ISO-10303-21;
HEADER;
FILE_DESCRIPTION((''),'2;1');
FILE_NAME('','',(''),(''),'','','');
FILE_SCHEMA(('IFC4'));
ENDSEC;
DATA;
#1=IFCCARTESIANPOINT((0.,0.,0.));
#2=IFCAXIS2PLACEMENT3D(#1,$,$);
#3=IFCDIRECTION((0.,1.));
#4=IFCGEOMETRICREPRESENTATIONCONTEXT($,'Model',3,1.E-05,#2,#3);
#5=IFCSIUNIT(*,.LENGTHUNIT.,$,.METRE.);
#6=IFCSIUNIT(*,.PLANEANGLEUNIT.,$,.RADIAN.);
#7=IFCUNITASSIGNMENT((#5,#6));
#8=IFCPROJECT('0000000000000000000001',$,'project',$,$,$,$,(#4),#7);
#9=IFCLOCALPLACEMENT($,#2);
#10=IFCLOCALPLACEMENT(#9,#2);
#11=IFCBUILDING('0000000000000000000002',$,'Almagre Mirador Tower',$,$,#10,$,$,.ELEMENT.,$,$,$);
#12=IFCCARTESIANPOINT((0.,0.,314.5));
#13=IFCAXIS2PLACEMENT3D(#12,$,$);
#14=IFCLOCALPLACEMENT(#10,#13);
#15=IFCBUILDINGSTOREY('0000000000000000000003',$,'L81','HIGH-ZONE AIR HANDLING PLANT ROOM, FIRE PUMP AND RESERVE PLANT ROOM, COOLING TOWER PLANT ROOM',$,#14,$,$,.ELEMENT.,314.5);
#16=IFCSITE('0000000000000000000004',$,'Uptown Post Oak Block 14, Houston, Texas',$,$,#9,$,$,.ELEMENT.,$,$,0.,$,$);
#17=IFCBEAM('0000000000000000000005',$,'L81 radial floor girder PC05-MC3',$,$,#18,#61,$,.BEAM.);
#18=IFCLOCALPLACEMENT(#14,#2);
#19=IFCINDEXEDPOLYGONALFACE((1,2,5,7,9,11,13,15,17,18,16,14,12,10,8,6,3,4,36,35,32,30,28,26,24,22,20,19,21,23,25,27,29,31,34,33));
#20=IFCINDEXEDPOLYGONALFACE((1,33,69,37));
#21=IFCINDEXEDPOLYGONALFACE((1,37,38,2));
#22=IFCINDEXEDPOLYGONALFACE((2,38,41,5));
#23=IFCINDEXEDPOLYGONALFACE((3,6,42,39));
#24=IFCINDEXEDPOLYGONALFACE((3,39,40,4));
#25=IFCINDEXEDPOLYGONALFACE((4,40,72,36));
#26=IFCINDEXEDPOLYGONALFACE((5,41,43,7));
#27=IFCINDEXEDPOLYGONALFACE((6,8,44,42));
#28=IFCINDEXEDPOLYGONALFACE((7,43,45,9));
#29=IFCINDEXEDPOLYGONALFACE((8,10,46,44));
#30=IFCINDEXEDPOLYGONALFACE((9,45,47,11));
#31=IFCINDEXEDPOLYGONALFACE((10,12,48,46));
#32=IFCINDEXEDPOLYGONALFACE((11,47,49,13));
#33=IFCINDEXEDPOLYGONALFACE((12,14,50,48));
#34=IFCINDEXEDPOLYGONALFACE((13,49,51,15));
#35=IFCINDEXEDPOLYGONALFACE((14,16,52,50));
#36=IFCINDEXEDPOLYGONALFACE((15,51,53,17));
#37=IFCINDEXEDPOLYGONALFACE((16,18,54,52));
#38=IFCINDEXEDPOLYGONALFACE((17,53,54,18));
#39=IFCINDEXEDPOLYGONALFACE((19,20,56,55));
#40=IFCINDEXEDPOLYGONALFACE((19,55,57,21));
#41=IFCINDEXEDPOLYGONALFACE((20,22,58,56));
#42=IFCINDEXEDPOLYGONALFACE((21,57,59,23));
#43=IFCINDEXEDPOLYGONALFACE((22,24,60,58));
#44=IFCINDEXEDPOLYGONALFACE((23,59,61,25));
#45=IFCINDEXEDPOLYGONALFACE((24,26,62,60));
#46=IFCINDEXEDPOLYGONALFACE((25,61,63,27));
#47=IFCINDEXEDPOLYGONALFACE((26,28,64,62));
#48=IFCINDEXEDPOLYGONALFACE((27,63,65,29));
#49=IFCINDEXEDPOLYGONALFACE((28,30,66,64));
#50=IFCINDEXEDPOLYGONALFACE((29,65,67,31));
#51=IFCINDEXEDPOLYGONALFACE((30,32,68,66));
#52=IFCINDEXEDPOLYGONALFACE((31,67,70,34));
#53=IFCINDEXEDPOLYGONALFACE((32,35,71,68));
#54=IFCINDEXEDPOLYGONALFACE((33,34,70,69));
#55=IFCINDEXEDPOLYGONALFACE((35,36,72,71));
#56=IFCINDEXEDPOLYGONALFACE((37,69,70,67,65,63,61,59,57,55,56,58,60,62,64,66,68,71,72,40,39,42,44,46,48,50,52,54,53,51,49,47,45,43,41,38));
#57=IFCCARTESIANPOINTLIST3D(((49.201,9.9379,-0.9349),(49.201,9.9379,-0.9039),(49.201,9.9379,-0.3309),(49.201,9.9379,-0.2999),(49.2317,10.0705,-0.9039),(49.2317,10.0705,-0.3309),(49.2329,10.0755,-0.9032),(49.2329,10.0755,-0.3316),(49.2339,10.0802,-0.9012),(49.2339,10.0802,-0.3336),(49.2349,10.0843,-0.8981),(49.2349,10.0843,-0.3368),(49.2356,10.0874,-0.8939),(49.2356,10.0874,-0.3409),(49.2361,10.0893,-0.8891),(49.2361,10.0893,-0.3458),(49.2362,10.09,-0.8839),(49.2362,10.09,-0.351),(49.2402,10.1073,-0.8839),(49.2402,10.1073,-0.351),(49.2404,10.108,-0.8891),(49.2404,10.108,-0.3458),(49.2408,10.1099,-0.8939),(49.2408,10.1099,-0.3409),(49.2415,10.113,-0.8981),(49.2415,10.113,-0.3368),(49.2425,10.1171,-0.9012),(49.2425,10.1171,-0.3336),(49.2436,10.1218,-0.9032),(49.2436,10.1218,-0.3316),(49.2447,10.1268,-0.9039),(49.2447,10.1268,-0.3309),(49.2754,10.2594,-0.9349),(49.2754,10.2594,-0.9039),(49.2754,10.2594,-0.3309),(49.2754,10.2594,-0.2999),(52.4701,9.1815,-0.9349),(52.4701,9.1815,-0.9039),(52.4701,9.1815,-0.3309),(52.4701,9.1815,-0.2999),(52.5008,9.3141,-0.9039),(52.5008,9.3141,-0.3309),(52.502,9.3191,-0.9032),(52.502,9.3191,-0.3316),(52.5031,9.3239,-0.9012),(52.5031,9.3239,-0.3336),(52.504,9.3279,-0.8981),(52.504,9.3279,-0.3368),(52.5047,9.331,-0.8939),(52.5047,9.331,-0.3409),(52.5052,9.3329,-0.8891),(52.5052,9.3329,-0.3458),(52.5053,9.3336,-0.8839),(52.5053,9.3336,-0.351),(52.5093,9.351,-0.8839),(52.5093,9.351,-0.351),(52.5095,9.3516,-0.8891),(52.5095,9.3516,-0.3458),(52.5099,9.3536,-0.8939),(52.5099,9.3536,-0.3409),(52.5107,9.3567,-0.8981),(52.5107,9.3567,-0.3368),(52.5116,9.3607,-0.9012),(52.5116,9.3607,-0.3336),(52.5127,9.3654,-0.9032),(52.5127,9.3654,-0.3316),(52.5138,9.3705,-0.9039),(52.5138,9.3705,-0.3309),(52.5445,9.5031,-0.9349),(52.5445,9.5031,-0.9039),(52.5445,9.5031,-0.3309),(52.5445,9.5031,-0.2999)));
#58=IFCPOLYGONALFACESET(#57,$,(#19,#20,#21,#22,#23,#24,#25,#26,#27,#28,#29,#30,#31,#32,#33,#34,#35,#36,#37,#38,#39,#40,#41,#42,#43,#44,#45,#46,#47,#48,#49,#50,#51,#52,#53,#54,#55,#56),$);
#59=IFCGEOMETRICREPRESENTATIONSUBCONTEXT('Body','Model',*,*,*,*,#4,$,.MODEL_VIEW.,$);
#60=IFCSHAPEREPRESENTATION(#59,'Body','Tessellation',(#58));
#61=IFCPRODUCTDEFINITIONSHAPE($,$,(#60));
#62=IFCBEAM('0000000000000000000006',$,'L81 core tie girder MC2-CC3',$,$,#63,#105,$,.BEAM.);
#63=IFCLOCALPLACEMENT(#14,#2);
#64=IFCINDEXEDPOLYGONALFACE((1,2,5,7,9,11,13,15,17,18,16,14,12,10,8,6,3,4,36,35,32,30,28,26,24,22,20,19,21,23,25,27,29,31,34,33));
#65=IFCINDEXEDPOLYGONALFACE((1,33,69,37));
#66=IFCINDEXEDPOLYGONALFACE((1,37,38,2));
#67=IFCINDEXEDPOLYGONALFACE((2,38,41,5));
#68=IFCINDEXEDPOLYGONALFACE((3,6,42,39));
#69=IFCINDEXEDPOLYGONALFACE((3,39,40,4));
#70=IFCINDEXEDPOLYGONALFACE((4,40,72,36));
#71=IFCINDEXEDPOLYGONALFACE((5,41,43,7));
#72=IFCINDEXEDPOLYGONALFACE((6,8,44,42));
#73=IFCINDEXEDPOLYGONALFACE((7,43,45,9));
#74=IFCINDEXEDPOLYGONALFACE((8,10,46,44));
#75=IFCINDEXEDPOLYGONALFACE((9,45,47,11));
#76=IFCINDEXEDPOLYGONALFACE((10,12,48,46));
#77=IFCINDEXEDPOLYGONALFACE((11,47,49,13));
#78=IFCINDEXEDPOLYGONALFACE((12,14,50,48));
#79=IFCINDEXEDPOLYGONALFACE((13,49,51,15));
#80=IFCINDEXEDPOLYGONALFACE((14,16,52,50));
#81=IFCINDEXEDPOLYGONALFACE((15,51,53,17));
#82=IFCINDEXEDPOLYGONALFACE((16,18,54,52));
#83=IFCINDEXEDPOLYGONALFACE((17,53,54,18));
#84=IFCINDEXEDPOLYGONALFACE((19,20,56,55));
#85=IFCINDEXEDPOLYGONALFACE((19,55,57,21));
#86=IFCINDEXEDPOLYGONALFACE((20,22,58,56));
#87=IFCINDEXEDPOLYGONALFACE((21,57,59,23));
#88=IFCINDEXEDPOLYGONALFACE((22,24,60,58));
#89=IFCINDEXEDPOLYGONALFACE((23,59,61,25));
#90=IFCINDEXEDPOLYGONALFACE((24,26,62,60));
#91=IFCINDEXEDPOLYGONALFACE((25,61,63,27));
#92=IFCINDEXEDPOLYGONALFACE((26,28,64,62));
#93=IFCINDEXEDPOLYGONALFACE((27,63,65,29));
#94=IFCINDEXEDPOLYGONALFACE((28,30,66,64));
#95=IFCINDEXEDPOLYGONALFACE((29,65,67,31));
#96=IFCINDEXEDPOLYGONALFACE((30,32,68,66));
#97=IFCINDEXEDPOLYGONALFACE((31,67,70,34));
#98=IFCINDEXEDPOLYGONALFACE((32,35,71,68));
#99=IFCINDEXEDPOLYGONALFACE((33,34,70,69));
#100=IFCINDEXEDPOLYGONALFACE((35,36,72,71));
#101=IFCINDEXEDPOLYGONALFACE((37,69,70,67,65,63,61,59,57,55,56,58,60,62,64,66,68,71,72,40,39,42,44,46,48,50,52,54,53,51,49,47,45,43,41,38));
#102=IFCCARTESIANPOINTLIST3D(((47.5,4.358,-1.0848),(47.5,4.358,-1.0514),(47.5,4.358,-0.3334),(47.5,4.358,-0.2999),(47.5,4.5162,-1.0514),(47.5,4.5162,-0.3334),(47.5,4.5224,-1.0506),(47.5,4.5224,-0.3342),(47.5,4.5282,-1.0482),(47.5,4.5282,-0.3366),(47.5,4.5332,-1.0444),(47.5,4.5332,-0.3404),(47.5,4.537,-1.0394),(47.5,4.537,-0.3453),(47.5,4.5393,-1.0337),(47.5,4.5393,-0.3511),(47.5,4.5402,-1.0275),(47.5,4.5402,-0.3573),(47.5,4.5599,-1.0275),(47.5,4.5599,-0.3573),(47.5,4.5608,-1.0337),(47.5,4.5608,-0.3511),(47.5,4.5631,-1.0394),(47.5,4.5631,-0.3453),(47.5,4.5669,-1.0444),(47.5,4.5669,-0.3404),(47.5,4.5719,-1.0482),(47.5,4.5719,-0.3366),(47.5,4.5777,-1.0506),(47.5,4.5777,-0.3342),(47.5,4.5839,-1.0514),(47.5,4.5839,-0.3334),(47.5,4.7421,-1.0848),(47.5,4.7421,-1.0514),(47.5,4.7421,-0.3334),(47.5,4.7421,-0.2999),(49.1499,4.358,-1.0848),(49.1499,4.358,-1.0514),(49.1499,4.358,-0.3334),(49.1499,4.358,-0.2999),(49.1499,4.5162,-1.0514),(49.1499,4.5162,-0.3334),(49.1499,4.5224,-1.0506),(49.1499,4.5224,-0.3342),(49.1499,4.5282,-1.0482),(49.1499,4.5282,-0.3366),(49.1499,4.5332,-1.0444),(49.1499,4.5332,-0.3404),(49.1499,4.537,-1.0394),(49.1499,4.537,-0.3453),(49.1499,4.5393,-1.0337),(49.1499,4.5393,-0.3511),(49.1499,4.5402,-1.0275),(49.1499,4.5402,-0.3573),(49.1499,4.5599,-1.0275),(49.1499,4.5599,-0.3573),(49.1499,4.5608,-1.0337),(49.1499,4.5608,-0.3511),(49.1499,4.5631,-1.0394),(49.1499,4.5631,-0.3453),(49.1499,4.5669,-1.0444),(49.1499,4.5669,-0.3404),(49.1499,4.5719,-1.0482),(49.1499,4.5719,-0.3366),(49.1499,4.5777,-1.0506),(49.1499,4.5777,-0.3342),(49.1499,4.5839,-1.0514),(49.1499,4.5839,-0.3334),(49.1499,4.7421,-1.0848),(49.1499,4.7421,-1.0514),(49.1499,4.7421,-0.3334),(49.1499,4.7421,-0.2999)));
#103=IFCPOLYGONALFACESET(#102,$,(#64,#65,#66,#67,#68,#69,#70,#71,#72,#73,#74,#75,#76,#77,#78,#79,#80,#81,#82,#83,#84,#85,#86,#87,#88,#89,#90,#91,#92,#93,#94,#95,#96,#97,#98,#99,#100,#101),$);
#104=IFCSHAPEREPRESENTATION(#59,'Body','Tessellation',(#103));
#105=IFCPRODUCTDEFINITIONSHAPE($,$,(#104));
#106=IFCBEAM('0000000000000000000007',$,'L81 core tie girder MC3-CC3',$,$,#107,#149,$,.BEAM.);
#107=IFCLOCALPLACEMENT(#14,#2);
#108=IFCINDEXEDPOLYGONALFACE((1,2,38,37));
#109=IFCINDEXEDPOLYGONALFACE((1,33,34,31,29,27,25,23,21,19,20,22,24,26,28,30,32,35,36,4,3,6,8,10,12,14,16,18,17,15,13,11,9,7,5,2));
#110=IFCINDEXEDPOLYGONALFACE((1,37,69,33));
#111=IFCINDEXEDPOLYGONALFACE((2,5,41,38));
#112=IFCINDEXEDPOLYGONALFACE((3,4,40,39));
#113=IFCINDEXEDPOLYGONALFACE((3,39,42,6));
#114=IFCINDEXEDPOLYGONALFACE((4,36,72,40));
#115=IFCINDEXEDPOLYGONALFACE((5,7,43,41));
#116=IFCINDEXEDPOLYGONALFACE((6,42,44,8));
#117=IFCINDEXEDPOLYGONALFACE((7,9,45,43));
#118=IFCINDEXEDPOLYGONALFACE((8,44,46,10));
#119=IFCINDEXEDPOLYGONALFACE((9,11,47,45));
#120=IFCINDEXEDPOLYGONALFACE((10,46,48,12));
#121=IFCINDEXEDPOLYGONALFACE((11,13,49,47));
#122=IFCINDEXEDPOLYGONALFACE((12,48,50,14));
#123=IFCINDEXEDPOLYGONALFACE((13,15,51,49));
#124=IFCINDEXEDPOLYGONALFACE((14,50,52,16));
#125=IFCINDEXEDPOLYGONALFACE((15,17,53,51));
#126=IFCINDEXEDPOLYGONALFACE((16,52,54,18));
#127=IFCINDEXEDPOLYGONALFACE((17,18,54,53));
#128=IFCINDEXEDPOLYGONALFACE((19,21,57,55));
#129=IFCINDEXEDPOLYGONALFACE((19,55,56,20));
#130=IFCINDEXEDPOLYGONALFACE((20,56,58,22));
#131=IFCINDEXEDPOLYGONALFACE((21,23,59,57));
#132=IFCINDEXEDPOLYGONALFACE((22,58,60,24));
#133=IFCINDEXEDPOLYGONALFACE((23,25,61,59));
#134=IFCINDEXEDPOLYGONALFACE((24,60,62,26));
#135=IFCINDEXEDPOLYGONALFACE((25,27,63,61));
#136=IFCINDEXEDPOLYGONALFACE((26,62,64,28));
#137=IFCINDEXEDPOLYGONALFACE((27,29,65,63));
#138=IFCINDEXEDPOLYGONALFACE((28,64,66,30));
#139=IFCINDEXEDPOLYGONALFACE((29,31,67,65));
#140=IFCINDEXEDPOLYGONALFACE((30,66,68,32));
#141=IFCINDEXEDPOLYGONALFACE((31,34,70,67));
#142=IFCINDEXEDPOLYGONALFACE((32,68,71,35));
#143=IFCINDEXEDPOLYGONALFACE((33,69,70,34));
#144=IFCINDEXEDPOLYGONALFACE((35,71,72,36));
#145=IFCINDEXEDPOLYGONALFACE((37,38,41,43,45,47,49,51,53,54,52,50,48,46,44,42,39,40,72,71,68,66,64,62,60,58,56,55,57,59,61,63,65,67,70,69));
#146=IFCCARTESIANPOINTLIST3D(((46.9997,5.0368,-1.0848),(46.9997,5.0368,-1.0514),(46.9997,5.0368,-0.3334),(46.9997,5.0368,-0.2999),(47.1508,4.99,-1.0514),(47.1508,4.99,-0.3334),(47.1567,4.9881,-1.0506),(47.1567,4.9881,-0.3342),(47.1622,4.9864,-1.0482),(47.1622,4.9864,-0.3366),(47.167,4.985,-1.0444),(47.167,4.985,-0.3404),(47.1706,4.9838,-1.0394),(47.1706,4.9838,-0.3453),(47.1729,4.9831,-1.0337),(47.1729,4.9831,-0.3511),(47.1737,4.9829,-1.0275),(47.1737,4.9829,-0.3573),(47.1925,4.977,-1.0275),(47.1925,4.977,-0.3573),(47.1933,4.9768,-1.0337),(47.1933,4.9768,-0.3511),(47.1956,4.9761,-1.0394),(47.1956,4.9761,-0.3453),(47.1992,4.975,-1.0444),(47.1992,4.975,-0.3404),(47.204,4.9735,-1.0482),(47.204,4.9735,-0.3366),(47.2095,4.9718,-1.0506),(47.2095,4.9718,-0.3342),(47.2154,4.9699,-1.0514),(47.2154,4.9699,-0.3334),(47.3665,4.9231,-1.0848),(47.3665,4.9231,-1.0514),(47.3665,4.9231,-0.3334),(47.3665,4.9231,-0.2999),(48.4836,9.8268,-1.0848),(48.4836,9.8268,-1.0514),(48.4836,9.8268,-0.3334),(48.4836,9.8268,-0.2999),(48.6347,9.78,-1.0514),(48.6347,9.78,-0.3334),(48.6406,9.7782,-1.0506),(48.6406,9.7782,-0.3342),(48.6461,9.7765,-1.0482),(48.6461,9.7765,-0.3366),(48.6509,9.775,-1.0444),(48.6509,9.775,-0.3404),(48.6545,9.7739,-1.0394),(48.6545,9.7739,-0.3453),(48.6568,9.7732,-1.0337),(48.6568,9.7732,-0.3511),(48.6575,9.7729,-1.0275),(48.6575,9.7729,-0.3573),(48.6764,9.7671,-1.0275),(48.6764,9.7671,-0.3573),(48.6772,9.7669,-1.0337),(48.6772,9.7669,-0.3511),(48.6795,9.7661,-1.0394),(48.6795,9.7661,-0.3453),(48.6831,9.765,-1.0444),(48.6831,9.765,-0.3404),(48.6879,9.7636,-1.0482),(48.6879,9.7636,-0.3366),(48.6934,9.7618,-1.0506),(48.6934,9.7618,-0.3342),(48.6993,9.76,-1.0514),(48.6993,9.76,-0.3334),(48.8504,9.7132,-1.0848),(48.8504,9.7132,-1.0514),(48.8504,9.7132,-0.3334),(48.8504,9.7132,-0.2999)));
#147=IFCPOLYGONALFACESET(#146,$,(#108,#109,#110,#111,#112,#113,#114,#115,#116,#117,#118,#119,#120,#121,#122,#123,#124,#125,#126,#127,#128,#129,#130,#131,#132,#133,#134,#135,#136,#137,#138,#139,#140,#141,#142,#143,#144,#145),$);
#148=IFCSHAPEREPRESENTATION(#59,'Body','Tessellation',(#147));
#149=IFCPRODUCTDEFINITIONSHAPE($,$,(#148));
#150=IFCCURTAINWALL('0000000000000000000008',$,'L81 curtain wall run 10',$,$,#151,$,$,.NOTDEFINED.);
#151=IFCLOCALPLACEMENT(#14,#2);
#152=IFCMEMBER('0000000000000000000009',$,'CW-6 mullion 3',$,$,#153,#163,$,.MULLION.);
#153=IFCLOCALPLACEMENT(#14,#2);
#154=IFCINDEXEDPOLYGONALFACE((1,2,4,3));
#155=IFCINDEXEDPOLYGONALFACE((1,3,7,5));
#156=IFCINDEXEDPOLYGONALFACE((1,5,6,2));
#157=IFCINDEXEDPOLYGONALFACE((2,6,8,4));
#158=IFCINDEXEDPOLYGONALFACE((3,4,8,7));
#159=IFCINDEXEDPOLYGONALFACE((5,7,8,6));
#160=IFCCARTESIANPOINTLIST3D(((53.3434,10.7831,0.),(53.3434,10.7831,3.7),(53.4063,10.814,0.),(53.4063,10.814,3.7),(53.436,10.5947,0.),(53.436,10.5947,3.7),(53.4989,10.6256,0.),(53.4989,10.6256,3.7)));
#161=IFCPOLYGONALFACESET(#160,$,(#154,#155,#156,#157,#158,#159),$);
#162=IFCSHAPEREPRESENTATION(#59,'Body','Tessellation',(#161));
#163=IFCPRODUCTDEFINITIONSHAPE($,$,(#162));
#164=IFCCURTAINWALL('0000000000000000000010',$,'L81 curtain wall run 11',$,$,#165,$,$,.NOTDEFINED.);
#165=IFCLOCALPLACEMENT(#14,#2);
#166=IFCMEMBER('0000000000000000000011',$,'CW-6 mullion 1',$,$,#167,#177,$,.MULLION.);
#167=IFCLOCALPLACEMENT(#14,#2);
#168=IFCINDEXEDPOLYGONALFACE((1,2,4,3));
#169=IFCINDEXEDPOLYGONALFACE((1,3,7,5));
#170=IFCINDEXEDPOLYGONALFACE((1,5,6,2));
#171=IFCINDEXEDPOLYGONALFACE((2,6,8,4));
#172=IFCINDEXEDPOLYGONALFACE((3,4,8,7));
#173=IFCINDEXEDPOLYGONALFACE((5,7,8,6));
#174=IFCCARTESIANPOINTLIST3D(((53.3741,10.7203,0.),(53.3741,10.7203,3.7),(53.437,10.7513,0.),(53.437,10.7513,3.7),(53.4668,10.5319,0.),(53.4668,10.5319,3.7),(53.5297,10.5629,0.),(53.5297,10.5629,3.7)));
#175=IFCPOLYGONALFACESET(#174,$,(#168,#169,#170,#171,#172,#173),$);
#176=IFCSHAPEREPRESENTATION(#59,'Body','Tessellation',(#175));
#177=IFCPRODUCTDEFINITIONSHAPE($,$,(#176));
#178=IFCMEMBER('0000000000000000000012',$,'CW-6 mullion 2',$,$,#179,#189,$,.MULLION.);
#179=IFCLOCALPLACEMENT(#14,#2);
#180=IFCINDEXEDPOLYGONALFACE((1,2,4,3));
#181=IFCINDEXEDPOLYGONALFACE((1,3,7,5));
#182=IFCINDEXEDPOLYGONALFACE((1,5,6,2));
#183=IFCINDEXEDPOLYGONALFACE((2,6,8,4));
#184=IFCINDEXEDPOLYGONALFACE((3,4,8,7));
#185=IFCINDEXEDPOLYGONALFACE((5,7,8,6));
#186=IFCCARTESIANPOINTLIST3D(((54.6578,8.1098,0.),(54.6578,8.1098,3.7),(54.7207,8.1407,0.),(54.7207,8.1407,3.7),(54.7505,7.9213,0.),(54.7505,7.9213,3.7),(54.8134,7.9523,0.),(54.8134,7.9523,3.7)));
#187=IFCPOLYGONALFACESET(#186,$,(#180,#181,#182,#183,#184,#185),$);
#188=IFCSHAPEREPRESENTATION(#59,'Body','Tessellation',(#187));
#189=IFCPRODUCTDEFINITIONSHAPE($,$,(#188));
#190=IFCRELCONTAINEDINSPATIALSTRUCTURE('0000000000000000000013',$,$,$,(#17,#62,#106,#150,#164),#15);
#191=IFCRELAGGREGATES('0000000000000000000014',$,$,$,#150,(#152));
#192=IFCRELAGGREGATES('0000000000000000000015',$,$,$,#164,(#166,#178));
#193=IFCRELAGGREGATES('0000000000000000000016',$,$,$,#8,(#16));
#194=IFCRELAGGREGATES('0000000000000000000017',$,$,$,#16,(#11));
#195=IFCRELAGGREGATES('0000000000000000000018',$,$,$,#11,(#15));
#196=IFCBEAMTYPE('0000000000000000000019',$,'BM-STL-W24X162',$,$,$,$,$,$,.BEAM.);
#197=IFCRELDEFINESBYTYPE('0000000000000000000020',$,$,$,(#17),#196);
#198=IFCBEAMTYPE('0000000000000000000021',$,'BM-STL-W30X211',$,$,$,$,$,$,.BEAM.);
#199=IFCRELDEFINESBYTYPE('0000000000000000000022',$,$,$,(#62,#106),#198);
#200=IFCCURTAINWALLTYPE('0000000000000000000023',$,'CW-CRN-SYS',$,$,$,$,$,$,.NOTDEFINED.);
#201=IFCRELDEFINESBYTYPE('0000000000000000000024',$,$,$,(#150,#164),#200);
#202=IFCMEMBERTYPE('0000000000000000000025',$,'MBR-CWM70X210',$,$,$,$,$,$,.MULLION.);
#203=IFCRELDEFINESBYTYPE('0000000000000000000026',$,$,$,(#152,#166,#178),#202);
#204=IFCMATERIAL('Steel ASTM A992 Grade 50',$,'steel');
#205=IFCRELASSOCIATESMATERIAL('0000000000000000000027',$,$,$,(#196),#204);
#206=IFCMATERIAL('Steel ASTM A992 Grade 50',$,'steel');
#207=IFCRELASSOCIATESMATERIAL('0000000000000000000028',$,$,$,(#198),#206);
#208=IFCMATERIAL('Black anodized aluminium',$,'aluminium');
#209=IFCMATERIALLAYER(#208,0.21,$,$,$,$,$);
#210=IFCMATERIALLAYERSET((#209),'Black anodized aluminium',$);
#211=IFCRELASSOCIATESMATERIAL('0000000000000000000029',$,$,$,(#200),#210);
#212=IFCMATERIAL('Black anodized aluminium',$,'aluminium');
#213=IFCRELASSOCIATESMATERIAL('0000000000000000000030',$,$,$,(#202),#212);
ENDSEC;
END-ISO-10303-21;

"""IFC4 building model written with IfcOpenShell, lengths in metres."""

from ifc_helpers import new_model, si_unit, direction, frame, origin, origin_2d, place, context, subcontext, project, spatial, rectangle, i_section, extrude, material, layer, layer_set, material_profile, profile_set, type_object, element, aggregate, save


model = new_model("IFC4")

# Units and contexts
model_context = context("Model", 3, precision=1e-05, world=origin(), true_north=direction((0.0, 1.0)))
body_context = subcontext(model_context, "Body", "Model", "MODEL_VIEW")
ifc_project = project(units=[si_unit("LENGTHUNIT", "METRE"), si_unit("PLANEANGLEUNIT", "RADIAN")], contexts=[model_context])

# Site, building, storey
site_placement = place(None, origin())
site = spatial("IfcSite", under=ifc_project, at=site_placement, Name="Uptown Post Oak Block 14, Houston, Texas", CompositionType="ELEMENT", RefElevation=0.0)
building_placement = place(site_placement, origin())
building = spatial("IfcBuilding", under=site, at=building_placement, Name="Almagre Mirador Tower", CompositionType="ELEMENT")
storey_placement = place(building_placement, frame((0.0, 0.0, 314.5)))
storey = spatial("IfcBuildingStorey", under=building, at=storey_placement, Name="L81", Description="HIGH-ZONE AIR HANDLING PLANT ROOM, FIRE PUMP AND RESERVE PLANT ROOM, COOLING TOWER PLANT ROOM", CompositionType="ELEMENT", Elevation=314.5)

# Beams
ifc_material_1 = material(Name="Steel ASTM A992 Grade 50", Category="steel")
ifc_material_profile_1 = material_profile(ifc_material_1, i_section(OverallWidth=0.3301, OverallDepth=0.635, WebThickness=0.0178, FlangeThickness=0.031, FilletRadius=0.02, at=origin_2d()), Name="W24X162")
ifc_profile_set_1 = profile_set([ifc_material_profile_1], Name="Steel ASTM A992 Grade 50")
beam_type_1 = type_object("IfcBeamType", Name="BM-STL-W24X162", PredefinedType="BEAM", material=ifc_profile_set_1)
beam_1_placement = place(storey_placement, frame((52.5073, 9.3423, -0.6174), z_axis=(-0.974264, 0.225412, 0.0), x_axis=(-0.225412, -0.974264, 0.0)))
element("IfcBeam", 1, at=beam_1_placement, inside=storey, type_object=beam_type_1, Name="L81 radial floor girder PC05-MC3", PredefinedType="BEAM", context=body_context, shape_type="SweptSolid", body=[
    extrude(i_section(OverallWidth=0.3301, OverallDepth=0.635, WebThickness=0.0178, FlangeThickness=0.031, FilletRadius=0.02, at=origin_2d()), origin(), (0.0, 0.0, 1.0), 3.3555),
])
ifc_material_2 = material(Name="Steel ASTM A992 Grade 50", Category="steel")
ifc_material_profile_2 = material_profile(ifc_material_2, i_section(OverallWidth=0.384, OverallDepth=0.7849, WebThickness=0.0198, FlangeThickness=0.0334, FilletRadius=0.0239, at=origin_2d()), Name="W30X211")
ifc_profile_set_2 = profile_set([ifc_material_profile_2], Name="Steel ASTM A992 Grade 50")
beam_type_2 = type_object("IfcBeamType", Name="BM-STL-W30X211", PredefinedType="BEAM", material=ifc_profile_set_2)
beam_2_placement = place(storey_placement, frame((49.1499, 4.55, -0.6924), z_axis=(-1.0, 0.0, 0.0), x_axis=(0.0, -1.0, 0.0)))
element("IfcBeam", 2, at=beam_2_placement, inside=storey, type_object=beam_type_2, Name="L81 core tie girder MC2-CC3", PredefinedType="BEAM", context=body_context, shape_type="SweptSolid", body=[
    extrude(i_section(OverallWidth=0.384, OverallDepth=0.7849, WebThickness=0.0198, FlangeThickness=0.0334, FilletRadius=0.0239, at=origin_2d()), origin(), (0.0, 0.0, 1.0), 1.6499),
])
beam_3_placement = place(storey_placement, frame((48.667, 9.77, -0.6924), z_axis=(-0.295912, -0.955215, 0.0), x_axis=(0.955215, -0.295912, 0.0)))
element("IfcBeam", 3, at=beam_3_placement, inside=storey, type_object=beam_type_2, Name="L81 core tie girder MC3-CC3", PredefinedType="BEAM", context=body_context, shape_type="SweptSolid", body=[
    extrude(i_section(OverallWidth=0.384, OverallDepth=0.7849, WebThickness=0.0198, FlangeThickness=0.0334, FilletRadius=0.0239, at=origin_2d()), origin(), (0.0, 0.0, 1.0), 5.0146),
])

# Curtain wall, member
ifc_material_3 = material(Name="Black anodized aluminium", Category="aluminium")
ifc_layer_1 = layer(ifc_material_3, 0.21)
ifc_layer_set_1 = layer_set([ifc_layer_1], Name="Black anodized aluminium")
curtain_wall_type = type_object("IfcCurtainWallType", Name="CW-CRN-SYS", PredefinedType="NOTDEFINED", material=ifc_layer_set_1)
curtain_wall_1_placement = place(storey_placement, origin())
curtain_wall_1 = element("IfcCurtainWall", 4, at=curtain_wall_1_placement, inside=storey, type_object=curtain_wall_type, Name="L81 curtain wall run 10", PredefinedType="NOTDEFINED")
ifc_material_4 = material(Name="Black anodized aluminium", Category="aluminium")
ifc_material_profile_3 = material_profile(ifc_material_4, rectangle(XDim=0.0701, YDim=0.21, at=origin_2d()), Name="CWM70X210")
ifc_profile_set_3 = profile_set([ifc_material_profile_3], Name="Black anodized aluminium")
member_type_1 = type_object("IfcMemberType", Name="MBR-CWM70X210", PredefinedType="MULLION", material=ifc_profile_set_3)
member_1_placement = place(storey_placement, frame((53.4211, 10.7043, 0.0), z_axis=(0.0, 0.0, 1.0), x_axis=(0.897363, 0.441294, 0.0)))
member_1 = element("IfcMember", 5, at=member_1_placement, type_object=member_type_1, Name="CW-6 mullion 3", PredefinedType="MULLION", context=body_context, shape_type="SweptSolid", body=[
    extrude(rectangle(XDim=0.0701, YDim=0.21, at=origin_2d()), origin(), (0.0, 0.0, 1.0), 3.7),
])
aggregate(curtain_wall_1, [member_1])

# Curtain wall, members
curtain_wall_2_placement = place(storey_placement, origin())
curtain_wall_2 = element("IfcCurtainWall", 6, at=curtain_wall_2_placement, inside=storey, type_object=curtain_wall_type, Name="L81 curtain wall run 11", PredefinedType="NOTDEFINED")
member_2_placement = place(storey_placement, frame((53.4519, 10.6416, 0.0), z_axis=(0.0, 0.0, 1.0), x_axis=(0.897363, 0.441294, 0.0)))
member_2 = element("IfcMember", 7, at=member_2_placement, type_object=member_type_1, Name="CW-6 mullion 1", PredefinedType="MULLION", context=body_context, shape_type="SweptSolid", body=[
    extrude(rectangle(XDim=0.0701, YDim=0.21, at=origin_2d()), origin(), (0.0, 0.0, 1.0), 3.7),
])
member_3_placement = place(storey_placement, frame((54.7356, 8.031, 0.0), z_axis=(0.0, 0.0, 1.0), x_axis=(0.897363, 0.441294, 0.0)))
member_3 = element("IfcMember", 8, at=member_3_placement, type_object=member_type_1, Name="CW-6 mullion 2", PredefinedType="MULLION", context=body_context, shape_type="SweptSolid", body=[
    extrude(rectangle(XDim=0.0701, YDim=0.21, at=origin_2d()), origin(), (0.0, 0.0, 1.0), 3.7),
])

aggregate(curtain_wall_2, [member_2, member_3])

save(model, "model.ifc")
